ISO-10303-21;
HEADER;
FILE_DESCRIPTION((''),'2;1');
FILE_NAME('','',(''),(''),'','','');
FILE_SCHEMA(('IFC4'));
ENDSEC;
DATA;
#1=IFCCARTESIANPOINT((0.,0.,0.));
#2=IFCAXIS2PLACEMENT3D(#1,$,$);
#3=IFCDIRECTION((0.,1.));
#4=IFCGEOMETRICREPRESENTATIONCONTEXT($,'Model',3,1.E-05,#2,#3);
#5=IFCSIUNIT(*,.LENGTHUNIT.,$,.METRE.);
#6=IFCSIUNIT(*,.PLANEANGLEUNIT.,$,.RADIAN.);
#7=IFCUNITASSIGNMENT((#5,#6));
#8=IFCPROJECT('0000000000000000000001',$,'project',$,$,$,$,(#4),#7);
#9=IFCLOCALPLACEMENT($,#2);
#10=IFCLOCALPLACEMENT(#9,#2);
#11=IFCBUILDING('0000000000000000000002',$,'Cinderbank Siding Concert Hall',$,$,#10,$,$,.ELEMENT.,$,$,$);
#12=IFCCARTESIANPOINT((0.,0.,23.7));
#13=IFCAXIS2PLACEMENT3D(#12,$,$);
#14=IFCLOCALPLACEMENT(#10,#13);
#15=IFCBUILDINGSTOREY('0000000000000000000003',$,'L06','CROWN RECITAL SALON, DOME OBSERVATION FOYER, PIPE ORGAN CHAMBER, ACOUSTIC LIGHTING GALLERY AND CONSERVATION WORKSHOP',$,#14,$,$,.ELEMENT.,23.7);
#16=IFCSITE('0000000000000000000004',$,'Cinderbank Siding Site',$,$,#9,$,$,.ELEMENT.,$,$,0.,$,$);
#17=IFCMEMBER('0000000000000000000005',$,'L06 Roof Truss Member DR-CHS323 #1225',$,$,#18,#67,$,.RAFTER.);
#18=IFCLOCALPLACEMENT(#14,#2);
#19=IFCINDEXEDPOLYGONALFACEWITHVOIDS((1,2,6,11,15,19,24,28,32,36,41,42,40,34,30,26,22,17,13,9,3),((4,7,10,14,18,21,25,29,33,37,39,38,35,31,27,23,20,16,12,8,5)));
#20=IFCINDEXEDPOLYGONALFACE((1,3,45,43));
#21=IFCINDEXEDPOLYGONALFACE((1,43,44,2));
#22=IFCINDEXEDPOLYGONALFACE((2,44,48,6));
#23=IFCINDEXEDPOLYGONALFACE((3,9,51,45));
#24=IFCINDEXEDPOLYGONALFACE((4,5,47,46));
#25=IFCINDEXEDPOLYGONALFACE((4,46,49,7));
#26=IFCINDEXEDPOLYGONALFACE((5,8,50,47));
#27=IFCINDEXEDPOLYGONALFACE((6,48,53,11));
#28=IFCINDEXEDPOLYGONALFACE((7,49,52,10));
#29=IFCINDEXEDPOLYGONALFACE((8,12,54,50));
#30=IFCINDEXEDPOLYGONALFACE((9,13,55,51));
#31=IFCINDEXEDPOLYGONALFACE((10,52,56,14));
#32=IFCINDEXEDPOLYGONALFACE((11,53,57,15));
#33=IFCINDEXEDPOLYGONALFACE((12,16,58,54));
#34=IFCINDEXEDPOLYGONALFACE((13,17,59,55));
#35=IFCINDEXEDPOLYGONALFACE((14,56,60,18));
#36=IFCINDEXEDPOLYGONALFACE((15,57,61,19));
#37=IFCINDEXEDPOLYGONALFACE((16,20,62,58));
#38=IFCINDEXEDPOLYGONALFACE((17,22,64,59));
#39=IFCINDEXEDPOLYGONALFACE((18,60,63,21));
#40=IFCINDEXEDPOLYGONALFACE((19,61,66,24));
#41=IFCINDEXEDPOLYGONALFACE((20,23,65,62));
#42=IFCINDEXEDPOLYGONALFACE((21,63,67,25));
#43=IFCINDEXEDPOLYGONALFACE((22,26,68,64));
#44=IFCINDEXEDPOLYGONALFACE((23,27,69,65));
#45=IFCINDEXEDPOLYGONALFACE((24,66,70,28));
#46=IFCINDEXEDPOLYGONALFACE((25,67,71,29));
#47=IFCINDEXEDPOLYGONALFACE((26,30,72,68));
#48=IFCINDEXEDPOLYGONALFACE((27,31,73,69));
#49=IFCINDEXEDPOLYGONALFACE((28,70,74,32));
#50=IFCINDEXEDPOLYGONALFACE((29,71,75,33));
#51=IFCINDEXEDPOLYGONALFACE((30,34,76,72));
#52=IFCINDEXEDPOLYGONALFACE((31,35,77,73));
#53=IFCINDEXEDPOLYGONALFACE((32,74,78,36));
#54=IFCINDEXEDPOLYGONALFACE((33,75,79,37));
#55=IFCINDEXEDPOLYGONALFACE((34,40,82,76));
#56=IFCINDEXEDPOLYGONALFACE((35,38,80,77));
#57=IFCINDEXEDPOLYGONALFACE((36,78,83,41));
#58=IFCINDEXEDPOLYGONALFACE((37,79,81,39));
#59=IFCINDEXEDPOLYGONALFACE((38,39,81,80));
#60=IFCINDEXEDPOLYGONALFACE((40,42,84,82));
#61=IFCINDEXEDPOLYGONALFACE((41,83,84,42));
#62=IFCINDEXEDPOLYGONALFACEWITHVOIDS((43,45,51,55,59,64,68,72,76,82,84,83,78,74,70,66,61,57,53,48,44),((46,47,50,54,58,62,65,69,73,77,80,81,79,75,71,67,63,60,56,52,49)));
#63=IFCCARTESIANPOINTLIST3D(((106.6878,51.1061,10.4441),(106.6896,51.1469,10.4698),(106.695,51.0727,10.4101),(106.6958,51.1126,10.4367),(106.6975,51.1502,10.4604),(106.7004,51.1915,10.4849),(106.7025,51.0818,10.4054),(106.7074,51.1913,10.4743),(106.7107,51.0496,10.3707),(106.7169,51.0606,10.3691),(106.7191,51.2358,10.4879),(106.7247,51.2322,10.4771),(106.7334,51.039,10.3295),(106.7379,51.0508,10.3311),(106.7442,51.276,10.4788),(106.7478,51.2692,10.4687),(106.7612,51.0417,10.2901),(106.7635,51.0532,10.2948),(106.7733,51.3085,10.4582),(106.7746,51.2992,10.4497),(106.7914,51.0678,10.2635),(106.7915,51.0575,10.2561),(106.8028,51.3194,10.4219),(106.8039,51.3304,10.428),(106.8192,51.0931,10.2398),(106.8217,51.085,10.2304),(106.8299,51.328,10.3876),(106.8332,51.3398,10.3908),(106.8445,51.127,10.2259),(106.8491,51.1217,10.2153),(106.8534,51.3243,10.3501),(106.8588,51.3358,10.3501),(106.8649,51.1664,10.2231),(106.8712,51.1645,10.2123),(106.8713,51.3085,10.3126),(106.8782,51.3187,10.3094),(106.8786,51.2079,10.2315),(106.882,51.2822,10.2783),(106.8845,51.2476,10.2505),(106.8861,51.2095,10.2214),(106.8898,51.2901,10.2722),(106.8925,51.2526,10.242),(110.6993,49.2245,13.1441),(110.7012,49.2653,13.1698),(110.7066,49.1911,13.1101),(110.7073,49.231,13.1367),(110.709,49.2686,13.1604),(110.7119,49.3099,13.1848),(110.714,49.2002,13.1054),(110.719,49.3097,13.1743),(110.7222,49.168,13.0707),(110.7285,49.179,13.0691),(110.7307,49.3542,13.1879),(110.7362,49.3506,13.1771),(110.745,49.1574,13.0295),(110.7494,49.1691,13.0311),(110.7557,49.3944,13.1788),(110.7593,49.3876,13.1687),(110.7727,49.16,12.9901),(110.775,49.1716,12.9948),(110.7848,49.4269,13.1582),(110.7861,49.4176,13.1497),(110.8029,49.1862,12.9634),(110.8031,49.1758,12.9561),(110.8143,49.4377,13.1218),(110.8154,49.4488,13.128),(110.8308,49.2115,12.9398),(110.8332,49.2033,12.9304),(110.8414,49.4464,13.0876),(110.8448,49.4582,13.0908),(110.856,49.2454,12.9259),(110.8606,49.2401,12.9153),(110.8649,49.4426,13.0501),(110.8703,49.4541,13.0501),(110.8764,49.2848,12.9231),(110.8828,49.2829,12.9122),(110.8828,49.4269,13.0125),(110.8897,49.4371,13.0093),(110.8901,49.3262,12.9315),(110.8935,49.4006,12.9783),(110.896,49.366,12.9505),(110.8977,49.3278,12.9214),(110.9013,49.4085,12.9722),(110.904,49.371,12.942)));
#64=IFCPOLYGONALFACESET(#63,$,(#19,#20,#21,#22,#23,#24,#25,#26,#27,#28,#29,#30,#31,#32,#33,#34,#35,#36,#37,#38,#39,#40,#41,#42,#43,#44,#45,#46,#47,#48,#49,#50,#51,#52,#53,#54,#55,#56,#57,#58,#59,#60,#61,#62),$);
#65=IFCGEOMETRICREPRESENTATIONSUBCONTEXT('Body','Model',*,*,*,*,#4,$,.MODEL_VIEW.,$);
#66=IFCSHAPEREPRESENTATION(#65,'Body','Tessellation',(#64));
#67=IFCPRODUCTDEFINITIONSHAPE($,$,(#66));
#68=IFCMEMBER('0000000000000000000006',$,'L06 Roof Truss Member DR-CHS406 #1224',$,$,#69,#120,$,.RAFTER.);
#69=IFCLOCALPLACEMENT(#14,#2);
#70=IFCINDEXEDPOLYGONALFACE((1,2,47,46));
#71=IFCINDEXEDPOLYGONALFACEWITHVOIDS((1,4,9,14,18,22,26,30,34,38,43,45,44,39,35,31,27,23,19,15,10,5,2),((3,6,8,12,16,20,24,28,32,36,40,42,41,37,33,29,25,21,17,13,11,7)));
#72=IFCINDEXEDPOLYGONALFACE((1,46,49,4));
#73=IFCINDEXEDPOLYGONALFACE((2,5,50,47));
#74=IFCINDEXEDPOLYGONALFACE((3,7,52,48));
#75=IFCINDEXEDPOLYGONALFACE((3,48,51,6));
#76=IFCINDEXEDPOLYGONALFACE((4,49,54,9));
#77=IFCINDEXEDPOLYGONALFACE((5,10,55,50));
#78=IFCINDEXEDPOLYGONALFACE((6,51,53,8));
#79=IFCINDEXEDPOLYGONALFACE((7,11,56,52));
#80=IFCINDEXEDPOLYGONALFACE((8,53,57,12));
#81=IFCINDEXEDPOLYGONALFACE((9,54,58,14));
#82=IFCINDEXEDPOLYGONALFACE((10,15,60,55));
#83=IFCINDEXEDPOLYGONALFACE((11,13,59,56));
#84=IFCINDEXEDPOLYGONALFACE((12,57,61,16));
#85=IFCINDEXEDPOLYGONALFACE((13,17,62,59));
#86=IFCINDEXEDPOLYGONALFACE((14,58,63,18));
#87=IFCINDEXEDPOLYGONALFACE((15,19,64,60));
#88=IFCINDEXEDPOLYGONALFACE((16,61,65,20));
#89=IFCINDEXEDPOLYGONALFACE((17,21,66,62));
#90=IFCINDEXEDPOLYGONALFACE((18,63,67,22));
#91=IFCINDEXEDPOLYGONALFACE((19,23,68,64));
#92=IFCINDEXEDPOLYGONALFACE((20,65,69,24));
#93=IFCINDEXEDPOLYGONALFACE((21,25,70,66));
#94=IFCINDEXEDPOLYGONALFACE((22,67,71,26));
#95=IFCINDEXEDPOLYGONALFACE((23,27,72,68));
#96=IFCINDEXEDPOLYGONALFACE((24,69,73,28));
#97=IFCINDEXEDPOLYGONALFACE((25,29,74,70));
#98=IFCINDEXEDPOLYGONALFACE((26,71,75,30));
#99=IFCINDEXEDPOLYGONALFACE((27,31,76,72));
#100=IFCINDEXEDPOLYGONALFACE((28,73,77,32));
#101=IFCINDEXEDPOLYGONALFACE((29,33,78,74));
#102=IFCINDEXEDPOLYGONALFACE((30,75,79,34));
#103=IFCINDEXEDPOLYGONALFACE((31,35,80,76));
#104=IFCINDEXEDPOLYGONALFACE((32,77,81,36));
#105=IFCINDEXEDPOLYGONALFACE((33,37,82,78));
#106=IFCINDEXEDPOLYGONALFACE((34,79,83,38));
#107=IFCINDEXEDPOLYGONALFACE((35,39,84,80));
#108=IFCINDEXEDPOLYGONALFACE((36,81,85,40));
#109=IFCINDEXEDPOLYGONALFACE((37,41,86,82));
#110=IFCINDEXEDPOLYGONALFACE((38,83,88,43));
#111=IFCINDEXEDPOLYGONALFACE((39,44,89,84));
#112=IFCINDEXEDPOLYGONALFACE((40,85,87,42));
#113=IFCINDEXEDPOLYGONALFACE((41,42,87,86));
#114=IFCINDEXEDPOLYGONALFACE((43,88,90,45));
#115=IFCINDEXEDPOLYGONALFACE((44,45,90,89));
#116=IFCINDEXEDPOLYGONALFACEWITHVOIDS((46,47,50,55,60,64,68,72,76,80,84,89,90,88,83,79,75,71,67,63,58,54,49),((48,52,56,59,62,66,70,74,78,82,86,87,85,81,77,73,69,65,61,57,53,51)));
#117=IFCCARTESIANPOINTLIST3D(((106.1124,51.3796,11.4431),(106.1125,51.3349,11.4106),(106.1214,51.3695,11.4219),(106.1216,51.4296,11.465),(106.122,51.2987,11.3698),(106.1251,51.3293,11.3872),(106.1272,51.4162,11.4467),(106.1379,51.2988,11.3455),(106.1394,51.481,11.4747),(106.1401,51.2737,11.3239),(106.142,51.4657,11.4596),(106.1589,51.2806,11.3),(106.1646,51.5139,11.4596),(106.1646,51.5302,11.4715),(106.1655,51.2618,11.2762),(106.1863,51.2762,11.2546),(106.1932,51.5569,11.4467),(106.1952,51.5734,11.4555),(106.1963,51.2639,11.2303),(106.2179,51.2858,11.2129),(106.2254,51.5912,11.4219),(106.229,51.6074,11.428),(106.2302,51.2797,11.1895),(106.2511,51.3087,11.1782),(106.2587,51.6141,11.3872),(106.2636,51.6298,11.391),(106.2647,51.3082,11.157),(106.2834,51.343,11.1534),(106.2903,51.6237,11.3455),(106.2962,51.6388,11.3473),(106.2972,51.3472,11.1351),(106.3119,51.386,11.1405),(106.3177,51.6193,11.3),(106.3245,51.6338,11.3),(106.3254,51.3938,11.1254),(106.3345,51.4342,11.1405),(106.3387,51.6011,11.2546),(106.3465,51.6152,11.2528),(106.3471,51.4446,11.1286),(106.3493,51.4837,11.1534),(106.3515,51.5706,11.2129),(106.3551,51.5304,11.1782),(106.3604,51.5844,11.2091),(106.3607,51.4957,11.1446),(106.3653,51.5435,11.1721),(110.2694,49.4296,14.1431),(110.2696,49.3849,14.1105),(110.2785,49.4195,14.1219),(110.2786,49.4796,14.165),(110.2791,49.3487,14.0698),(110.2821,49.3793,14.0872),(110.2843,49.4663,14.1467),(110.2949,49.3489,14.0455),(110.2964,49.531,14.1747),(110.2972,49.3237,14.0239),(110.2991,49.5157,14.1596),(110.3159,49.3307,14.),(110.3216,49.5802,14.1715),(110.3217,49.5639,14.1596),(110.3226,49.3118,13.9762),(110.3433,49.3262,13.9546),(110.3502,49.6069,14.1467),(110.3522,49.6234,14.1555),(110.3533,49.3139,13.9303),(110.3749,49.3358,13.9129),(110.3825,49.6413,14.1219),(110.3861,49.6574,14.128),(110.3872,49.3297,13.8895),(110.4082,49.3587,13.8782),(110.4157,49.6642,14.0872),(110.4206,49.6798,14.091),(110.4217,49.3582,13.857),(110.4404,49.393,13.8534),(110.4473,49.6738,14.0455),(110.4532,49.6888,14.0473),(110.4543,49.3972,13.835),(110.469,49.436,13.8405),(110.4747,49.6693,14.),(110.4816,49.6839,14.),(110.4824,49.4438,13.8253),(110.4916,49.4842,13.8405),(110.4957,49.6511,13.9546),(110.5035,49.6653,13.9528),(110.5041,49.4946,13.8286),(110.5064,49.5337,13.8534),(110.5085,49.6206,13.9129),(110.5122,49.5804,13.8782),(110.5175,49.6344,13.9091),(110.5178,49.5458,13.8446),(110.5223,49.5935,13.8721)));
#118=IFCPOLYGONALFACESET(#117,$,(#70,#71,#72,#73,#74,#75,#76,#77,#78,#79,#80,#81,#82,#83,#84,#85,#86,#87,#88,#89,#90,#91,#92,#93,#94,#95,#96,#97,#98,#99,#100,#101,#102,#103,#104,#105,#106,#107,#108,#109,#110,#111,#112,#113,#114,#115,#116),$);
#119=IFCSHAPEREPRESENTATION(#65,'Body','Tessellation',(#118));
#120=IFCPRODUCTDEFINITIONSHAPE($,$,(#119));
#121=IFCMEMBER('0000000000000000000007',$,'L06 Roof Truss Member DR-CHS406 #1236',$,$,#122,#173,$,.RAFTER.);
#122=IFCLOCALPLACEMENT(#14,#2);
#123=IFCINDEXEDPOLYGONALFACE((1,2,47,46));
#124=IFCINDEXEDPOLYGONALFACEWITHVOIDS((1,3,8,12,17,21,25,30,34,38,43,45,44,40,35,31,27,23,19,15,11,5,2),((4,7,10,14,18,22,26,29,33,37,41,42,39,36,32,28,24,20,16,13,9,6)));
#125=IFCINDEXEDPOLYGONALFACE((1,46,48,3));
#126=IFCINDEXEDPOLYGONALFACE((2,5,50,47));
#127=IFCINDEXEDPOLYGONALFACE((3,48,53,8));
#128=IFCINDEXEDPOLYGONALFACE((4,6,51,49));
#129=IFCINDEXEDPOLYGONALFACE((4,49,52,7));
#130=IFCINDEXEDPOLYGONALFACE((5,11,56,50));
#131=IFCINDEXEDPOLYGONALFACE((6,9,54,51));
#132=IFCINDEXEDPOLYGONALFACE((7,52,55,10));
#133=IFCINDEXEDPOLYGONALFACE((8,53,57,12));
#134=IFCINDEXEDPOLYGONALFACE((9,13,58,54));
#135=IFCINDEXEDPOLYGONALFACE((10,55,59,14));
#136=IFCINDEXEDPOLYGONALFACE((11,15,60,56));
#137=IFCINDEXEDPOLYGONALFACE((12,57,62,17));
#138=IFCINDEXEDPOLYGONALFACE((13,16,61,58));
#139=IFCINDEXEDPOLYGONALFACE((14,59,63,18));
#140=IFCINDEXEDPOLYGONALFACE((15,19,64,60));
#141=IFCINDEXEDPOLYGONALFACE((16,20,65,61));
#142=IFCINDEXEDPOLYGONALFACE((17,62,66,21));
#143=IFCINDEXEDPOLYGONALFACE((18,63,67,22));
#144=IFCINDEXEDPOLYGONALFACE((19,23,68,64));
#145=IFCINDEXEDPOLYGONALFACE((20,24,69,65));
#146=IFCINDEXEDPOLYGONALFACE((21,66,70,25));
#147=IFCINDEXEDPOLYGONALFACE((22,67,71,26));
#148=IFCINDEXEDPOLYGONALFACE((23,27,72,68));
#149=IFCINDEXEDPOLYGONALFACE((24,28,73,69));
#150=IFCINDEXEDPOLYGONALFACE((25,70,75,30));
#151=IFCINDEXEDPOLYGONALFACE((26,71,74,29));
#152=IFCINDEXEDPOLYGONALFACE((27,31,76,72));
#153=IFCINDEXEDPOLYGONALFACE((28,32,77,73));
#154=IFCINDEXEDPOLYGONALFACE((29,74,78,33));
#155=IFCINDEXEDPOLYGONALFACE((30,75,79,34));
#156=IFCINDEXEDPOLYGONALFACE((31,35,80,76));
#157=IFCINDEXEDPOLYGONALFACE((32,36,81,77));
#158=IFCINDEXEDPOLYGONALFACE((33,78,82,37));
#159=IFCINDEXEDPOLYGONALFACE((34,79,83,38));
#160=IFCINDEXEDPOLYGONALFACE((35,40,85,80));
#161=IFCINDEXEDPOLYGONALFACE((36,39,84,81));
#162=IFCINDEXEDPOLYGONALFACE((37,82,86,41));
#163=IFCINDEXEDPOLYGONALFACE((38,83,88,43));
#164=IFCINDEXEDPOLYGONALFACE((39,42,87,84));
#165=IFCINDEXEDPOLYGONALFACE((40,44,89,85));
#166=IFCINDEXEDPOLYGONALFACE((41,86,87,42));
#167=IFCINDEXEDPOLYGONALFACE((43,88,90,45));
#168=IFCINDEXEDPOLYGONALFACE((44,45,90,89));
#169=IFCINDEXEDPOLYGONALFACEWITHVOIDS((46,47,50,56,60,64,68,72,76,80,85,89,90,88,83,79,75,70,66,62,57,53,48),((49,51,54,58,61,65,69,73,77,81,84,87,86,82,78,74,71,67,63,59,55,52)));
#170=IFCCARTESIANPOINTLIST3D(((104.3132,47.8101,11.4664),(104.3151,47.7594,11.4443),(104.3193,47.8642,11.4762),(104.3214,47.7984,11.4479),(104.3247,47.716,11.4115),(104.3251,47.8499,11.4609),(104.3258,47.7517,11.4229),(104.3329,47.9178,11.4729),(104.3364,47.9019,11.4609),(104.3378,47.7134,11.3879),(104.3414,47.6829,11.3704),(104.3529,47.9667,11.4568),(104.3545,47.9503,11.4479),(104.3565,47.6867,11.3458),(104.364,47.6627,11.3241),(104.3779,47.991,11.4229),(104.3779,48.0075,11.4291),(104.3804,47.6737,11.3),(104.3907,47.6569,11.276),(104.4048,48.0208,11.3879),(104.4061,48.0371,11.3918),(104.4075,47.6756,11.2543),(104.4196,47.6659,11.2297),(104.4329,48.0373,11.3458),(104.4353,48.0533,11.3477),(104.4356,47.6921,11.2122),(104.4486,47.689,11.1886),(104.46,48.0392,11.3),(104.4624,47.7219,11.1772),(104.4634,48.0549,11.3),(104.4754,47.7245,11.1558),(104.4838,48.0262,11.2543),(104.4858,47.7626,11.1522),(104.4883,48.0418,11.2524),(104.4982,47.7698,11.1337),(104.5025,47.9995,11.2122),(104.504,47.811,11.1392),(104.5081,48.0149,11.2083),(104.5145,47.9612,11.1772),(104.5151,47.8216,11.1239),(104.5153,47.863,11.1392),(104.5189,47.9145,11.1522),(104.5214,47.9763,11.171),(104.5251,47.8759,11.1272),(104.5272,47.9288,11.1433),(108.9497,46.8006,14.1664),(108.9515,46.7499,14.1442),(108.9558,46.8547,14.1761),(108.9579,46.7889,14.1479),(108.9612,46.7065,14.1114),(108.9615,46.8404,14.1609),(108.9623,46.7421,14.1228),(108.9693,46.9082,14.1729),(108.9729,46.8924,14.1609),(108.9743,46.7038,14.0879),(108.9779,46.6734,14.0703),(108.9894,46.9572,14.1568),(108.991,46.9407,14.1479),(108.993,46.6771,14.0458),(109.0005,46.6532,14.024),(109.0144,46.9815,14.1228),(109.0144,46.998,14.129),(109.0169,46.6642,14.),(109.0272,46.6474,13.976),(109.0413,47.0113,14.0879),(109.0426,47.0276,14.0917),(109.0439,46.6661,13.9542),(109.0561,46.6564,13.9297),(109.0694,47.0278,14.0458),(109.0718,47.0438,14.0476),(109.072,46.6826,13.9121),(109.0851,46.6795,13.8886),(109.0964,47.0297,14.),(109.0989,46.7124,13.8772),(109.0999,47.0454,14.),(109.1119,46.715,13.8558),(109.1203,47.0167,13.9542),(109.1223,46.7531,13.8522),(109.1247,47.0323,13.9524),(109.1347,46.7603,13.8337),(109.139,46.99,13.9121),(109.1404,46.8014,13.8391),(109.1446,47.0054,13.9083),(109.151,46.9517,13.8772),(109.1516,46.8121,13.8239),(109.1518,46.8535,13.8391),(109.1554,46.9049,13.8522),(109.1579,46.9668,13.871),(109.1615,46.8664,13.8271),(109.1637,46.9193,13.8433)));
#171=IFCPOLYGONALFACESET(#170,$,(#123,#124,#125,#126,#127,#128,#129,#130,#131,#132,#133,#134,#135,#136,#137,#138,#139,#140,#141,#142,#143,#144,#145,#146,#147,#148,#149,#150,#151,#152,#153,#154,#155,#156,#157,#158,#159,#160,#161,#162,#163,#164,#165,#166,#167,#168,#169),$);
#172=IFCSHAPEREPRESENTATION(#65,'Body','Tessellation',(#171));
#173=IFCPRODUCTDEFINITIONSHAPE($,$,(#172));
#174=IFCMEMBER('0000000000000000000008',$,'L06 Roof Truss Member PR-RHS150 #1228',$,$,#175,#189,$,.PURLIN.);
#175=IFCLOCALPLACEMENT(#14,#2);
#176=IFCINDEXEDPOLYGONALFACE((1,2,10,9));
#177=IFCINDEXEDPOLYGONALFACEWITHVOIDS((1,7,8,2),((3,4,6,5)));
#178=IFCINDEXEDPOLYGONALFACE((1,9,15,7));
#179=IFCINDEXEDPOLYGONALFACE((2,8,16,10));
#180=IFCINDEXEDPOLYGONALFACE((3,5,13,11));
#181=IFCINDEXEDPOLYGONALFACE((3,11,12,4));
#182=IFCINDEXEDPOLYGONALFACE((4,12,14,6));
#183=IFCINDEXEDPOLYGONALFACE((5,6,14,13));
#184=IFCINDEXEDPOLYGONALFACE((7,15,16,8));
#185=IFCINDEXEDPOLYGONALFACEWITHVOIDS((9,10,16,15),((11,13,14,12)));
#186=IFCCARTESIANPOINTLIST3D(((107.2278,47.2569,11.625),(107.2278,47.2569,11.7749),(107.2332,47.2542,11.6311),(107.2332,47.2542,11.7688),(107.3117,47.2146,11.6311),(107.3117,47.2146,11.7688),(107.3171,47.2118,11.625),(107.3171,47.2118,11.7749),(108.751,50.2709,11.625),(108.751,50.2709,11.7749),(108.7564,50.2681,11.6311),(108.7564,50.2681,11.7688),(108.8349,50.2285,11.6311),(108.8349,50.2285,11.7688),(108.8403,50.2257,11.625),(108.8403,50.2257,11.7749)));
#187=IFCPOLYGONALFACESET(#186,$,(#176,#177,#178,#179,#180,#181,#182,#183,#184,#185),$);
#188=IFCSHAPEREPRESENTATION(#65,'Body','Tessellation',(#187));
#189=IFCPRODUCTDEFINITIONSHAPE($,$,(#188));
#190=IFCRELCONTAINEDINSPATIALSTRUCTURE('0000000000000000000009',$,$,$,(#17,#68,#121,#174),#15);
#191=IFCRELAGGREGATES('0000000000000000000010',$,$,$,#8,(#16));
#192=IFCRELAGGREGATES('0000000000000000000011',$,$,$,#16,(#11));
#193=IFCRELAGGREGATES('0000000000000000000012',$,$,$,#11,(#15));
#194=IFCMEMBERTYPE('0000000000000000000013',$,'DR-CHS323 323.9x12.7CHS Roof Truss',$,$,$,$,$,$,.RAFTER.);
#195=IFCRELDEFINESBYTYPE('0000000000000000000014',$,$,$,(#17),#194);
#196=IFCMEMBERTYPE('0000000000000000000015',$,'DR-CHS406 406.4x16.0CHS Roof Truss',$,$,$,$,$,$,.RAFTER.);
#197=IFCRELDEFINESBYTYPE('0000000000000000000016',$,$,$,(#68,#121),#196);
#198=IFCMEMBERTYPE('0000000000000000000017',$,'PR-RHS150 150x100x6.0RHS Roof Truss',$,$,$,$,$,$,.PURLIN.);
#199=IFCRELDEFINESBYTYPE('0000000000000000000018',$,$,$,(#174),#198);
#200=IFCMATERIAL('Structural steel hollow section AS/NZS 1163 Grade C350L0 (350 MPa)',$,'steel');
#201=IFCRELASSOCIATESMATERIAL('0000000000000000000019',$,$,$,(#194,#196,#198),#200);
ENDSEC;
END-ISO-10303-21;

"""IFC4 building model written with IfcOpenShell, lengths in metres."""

from ifc_helpers import new_model, si_unit, direction, frame, origin, origin_2d, place, context, subcontext, project, spatial, hollow_rectangle, hollow_circle, extrude, material, material_profile, profile_set, type_object, element, save


model = new_model("IFC4")

# Units and contexts
model_context = context("Model", 3, precision=1e-05, world=origin(), true_north=direction((0.0, 1.0)))
body_context = subcontext(model_context, "Body", "Model", "MODEL_VIEW")
ifc_project = project(units=[si_unit("LENGTHUNIT", "METRE"), si_unit("PLANEANGLEUNIT", "RADIAN")], contexts=[model_context])

# Site, building, storey
site_placement = place(None, origin())
site = spatial("IfcSite", under=ifc_project, at=site_placement, Name="Cinderbank Siding Site", CompositionType="ELEMENT", RefElevation=0.0)
building_placement = place(site_placement, origin())
building = spatial("IfcBuilding", under=site, at=building_placement, Name="Cinderbank Siding Concert Hall", CompositionType="ELEMENT")
storey_placement = place(building_placement, frame((0.0, 0.0, 23.7)))
storey = spatial("IfcBuildingStorey", under=building, at=storey_placement, Name="L06", Description="CROWN RECITAL SALON, DOME OBSERVATION FOYER, PIPE ORGAN CHAMBER, ACOUSTIC LIGHTING GALLERY AND CONSERVATION WORKSHOP", CompositionType="ELEMENT", Elevation=23.7)

# Members
ifc_material_1 = material(Name="Structural steel hollow section AS/NZS 1163 Grade C350L0 (350 MPa)", Category="steel")
ifc_material_profile_1 = material_profile(ifc_material_1, hollow_circle(Radius=0.1619, WallThickness=0.0127, at=origin_2d()), Name="323.9x12.7CHS", Category="LoadBearing")
ifc_profile_set_1 = profile_set([ifc_material_profile_1], Name="Structural steel hollow section AS/NZS 1163 Grade C350L0 (350 MPa)")
member_type_1 = type_object("IfcMemberType", Name="DR-CHS323 323.9x12.7CHS Roof Truss", PredefinedType="RAFTER", material=ifc_profile_set_1)
member_1_placement = place(storey_placement, frame((106.79, 51.1892, 10.3501), z_axis=(0.773125, -0.362636, 0.520358), x_axis=(0.424658, 0.905354, 0.0)))
element("IfcMember", 1, at=member_1_placement, inside=storey, type_object=member_type_1, Name="L06 Roof Truss Member DR-CHS323 #1225", PredefinedType="RAFTER", context=body_context, shape_type="SweptSolid", body=[
    extrude(hollow_circle(Radius=0.1619, WallThickness=0.0127, at=origin_2d()), origin(), (0.0, 0.0, 1.0), 5.1887),
])
ifc_material_profile_2 = material_profile(ifc_material_1, hollow_circle(Radius=0.2031, WallThickness=0.0161, at=origin_2d()), Name="406.4x16.0CHS", Category="LoadBearing")
ifc_profile_set_2 = profile_set([ifc_material_profile_2], Name="Structural steel hollow section AS/NZS 1163 Grade C350L0 (350 MPa)")
member_type_2 = type_object("IfcMemberType", Name="DR-CHS406 406.4x16.0CHS Roof Truss", PredefinedType="RAFTER", material=ifc_profile_set_2)
member_2_placement = place(storey_placement, frame((106.2383, 51.45, 11.3), z_axis=(0.780421, -0.366079, 0.506882), x_axis=(0.424678, 0.905345, 0.0)))
element("IfcMember", 2, at=member_2_placement, inside=storey, type_object=member_type_2, Name="L06 Roof Truss Member DR-CHS406 #1224", PredefinedType="RAFTER", context=body_context, shape_type="SweptSolid", body=[
    extrude(hollow_circle(Radius=0.2031, WallThickness=0.0161, at=origin_2d()), origin(), (0.0, 0.0, 1.0), 5.3267),
])
member_3_placement = place(storey_placement, frame((104.4202, 47.8564, 11.3), z_axis=(0.849254, -0.184912, 0.494545), x_axis=(0.21275, 0.977107, 0.0)))
element("IfcMember", 3, at=member_3_placement, inside=storey, type_object=member_type_2, Name="L06 Roof Truss Member DR-CHS406 #1236", PredefinedType="RAFTER", context=body_context, shape_type="SweptSolid", body=[
    extrude(hollow_circle(Radius=0.2031, WallThickness=0.0161, at=origin_2d()), origin(), (0.0, 0.0, 1.0), 5.4595),
])
ifc_material_profile_3 = material_profile(ifc_material_1, hollow_rectangle(XDim=0.1001, YDim=0.1499, WallThickness=0.0061, at=origin_2d()), Name="150x100x6.0RHS", Category="LoadBearing")
ifc_profile_set_3 = profile_set([ifc_material_profile_3], Name="Structural steel hollow section AS/NZS 1163 Grade C350L0 (350 MPa)")
member_type_3 = type_object("IfcMemberType", Name="PR-RHS150 150x100x6.0RHS Roof Truss", PredefinedType="PURLIN", material=ifc_profile_set_3)
member_4_placement = place(storey_placement, frame((108.7957, 50.2483, 11.7), z_axis=(-0.451056, -0.892496, 0.0), x_axis=(0.892496, -0.451056, 0.0)))
element("IfcMember", 4, at=member_4_placement, inside=storey, type_object=member_type_3, Name="L06 Roof Truss Member PR-RHS150 #1228", PredefinedType="PURLIN", context=body_context, shape_type="SweptSolid", body=[
    extrude(hollow_rectangle(XDim=0.1001, YDim=0.1499, WallThickness=0.0061, at=origin_2d()), origin(), (0.0, 0.0, 1.0), 3.377),
])

save(model, "model.ifc")
